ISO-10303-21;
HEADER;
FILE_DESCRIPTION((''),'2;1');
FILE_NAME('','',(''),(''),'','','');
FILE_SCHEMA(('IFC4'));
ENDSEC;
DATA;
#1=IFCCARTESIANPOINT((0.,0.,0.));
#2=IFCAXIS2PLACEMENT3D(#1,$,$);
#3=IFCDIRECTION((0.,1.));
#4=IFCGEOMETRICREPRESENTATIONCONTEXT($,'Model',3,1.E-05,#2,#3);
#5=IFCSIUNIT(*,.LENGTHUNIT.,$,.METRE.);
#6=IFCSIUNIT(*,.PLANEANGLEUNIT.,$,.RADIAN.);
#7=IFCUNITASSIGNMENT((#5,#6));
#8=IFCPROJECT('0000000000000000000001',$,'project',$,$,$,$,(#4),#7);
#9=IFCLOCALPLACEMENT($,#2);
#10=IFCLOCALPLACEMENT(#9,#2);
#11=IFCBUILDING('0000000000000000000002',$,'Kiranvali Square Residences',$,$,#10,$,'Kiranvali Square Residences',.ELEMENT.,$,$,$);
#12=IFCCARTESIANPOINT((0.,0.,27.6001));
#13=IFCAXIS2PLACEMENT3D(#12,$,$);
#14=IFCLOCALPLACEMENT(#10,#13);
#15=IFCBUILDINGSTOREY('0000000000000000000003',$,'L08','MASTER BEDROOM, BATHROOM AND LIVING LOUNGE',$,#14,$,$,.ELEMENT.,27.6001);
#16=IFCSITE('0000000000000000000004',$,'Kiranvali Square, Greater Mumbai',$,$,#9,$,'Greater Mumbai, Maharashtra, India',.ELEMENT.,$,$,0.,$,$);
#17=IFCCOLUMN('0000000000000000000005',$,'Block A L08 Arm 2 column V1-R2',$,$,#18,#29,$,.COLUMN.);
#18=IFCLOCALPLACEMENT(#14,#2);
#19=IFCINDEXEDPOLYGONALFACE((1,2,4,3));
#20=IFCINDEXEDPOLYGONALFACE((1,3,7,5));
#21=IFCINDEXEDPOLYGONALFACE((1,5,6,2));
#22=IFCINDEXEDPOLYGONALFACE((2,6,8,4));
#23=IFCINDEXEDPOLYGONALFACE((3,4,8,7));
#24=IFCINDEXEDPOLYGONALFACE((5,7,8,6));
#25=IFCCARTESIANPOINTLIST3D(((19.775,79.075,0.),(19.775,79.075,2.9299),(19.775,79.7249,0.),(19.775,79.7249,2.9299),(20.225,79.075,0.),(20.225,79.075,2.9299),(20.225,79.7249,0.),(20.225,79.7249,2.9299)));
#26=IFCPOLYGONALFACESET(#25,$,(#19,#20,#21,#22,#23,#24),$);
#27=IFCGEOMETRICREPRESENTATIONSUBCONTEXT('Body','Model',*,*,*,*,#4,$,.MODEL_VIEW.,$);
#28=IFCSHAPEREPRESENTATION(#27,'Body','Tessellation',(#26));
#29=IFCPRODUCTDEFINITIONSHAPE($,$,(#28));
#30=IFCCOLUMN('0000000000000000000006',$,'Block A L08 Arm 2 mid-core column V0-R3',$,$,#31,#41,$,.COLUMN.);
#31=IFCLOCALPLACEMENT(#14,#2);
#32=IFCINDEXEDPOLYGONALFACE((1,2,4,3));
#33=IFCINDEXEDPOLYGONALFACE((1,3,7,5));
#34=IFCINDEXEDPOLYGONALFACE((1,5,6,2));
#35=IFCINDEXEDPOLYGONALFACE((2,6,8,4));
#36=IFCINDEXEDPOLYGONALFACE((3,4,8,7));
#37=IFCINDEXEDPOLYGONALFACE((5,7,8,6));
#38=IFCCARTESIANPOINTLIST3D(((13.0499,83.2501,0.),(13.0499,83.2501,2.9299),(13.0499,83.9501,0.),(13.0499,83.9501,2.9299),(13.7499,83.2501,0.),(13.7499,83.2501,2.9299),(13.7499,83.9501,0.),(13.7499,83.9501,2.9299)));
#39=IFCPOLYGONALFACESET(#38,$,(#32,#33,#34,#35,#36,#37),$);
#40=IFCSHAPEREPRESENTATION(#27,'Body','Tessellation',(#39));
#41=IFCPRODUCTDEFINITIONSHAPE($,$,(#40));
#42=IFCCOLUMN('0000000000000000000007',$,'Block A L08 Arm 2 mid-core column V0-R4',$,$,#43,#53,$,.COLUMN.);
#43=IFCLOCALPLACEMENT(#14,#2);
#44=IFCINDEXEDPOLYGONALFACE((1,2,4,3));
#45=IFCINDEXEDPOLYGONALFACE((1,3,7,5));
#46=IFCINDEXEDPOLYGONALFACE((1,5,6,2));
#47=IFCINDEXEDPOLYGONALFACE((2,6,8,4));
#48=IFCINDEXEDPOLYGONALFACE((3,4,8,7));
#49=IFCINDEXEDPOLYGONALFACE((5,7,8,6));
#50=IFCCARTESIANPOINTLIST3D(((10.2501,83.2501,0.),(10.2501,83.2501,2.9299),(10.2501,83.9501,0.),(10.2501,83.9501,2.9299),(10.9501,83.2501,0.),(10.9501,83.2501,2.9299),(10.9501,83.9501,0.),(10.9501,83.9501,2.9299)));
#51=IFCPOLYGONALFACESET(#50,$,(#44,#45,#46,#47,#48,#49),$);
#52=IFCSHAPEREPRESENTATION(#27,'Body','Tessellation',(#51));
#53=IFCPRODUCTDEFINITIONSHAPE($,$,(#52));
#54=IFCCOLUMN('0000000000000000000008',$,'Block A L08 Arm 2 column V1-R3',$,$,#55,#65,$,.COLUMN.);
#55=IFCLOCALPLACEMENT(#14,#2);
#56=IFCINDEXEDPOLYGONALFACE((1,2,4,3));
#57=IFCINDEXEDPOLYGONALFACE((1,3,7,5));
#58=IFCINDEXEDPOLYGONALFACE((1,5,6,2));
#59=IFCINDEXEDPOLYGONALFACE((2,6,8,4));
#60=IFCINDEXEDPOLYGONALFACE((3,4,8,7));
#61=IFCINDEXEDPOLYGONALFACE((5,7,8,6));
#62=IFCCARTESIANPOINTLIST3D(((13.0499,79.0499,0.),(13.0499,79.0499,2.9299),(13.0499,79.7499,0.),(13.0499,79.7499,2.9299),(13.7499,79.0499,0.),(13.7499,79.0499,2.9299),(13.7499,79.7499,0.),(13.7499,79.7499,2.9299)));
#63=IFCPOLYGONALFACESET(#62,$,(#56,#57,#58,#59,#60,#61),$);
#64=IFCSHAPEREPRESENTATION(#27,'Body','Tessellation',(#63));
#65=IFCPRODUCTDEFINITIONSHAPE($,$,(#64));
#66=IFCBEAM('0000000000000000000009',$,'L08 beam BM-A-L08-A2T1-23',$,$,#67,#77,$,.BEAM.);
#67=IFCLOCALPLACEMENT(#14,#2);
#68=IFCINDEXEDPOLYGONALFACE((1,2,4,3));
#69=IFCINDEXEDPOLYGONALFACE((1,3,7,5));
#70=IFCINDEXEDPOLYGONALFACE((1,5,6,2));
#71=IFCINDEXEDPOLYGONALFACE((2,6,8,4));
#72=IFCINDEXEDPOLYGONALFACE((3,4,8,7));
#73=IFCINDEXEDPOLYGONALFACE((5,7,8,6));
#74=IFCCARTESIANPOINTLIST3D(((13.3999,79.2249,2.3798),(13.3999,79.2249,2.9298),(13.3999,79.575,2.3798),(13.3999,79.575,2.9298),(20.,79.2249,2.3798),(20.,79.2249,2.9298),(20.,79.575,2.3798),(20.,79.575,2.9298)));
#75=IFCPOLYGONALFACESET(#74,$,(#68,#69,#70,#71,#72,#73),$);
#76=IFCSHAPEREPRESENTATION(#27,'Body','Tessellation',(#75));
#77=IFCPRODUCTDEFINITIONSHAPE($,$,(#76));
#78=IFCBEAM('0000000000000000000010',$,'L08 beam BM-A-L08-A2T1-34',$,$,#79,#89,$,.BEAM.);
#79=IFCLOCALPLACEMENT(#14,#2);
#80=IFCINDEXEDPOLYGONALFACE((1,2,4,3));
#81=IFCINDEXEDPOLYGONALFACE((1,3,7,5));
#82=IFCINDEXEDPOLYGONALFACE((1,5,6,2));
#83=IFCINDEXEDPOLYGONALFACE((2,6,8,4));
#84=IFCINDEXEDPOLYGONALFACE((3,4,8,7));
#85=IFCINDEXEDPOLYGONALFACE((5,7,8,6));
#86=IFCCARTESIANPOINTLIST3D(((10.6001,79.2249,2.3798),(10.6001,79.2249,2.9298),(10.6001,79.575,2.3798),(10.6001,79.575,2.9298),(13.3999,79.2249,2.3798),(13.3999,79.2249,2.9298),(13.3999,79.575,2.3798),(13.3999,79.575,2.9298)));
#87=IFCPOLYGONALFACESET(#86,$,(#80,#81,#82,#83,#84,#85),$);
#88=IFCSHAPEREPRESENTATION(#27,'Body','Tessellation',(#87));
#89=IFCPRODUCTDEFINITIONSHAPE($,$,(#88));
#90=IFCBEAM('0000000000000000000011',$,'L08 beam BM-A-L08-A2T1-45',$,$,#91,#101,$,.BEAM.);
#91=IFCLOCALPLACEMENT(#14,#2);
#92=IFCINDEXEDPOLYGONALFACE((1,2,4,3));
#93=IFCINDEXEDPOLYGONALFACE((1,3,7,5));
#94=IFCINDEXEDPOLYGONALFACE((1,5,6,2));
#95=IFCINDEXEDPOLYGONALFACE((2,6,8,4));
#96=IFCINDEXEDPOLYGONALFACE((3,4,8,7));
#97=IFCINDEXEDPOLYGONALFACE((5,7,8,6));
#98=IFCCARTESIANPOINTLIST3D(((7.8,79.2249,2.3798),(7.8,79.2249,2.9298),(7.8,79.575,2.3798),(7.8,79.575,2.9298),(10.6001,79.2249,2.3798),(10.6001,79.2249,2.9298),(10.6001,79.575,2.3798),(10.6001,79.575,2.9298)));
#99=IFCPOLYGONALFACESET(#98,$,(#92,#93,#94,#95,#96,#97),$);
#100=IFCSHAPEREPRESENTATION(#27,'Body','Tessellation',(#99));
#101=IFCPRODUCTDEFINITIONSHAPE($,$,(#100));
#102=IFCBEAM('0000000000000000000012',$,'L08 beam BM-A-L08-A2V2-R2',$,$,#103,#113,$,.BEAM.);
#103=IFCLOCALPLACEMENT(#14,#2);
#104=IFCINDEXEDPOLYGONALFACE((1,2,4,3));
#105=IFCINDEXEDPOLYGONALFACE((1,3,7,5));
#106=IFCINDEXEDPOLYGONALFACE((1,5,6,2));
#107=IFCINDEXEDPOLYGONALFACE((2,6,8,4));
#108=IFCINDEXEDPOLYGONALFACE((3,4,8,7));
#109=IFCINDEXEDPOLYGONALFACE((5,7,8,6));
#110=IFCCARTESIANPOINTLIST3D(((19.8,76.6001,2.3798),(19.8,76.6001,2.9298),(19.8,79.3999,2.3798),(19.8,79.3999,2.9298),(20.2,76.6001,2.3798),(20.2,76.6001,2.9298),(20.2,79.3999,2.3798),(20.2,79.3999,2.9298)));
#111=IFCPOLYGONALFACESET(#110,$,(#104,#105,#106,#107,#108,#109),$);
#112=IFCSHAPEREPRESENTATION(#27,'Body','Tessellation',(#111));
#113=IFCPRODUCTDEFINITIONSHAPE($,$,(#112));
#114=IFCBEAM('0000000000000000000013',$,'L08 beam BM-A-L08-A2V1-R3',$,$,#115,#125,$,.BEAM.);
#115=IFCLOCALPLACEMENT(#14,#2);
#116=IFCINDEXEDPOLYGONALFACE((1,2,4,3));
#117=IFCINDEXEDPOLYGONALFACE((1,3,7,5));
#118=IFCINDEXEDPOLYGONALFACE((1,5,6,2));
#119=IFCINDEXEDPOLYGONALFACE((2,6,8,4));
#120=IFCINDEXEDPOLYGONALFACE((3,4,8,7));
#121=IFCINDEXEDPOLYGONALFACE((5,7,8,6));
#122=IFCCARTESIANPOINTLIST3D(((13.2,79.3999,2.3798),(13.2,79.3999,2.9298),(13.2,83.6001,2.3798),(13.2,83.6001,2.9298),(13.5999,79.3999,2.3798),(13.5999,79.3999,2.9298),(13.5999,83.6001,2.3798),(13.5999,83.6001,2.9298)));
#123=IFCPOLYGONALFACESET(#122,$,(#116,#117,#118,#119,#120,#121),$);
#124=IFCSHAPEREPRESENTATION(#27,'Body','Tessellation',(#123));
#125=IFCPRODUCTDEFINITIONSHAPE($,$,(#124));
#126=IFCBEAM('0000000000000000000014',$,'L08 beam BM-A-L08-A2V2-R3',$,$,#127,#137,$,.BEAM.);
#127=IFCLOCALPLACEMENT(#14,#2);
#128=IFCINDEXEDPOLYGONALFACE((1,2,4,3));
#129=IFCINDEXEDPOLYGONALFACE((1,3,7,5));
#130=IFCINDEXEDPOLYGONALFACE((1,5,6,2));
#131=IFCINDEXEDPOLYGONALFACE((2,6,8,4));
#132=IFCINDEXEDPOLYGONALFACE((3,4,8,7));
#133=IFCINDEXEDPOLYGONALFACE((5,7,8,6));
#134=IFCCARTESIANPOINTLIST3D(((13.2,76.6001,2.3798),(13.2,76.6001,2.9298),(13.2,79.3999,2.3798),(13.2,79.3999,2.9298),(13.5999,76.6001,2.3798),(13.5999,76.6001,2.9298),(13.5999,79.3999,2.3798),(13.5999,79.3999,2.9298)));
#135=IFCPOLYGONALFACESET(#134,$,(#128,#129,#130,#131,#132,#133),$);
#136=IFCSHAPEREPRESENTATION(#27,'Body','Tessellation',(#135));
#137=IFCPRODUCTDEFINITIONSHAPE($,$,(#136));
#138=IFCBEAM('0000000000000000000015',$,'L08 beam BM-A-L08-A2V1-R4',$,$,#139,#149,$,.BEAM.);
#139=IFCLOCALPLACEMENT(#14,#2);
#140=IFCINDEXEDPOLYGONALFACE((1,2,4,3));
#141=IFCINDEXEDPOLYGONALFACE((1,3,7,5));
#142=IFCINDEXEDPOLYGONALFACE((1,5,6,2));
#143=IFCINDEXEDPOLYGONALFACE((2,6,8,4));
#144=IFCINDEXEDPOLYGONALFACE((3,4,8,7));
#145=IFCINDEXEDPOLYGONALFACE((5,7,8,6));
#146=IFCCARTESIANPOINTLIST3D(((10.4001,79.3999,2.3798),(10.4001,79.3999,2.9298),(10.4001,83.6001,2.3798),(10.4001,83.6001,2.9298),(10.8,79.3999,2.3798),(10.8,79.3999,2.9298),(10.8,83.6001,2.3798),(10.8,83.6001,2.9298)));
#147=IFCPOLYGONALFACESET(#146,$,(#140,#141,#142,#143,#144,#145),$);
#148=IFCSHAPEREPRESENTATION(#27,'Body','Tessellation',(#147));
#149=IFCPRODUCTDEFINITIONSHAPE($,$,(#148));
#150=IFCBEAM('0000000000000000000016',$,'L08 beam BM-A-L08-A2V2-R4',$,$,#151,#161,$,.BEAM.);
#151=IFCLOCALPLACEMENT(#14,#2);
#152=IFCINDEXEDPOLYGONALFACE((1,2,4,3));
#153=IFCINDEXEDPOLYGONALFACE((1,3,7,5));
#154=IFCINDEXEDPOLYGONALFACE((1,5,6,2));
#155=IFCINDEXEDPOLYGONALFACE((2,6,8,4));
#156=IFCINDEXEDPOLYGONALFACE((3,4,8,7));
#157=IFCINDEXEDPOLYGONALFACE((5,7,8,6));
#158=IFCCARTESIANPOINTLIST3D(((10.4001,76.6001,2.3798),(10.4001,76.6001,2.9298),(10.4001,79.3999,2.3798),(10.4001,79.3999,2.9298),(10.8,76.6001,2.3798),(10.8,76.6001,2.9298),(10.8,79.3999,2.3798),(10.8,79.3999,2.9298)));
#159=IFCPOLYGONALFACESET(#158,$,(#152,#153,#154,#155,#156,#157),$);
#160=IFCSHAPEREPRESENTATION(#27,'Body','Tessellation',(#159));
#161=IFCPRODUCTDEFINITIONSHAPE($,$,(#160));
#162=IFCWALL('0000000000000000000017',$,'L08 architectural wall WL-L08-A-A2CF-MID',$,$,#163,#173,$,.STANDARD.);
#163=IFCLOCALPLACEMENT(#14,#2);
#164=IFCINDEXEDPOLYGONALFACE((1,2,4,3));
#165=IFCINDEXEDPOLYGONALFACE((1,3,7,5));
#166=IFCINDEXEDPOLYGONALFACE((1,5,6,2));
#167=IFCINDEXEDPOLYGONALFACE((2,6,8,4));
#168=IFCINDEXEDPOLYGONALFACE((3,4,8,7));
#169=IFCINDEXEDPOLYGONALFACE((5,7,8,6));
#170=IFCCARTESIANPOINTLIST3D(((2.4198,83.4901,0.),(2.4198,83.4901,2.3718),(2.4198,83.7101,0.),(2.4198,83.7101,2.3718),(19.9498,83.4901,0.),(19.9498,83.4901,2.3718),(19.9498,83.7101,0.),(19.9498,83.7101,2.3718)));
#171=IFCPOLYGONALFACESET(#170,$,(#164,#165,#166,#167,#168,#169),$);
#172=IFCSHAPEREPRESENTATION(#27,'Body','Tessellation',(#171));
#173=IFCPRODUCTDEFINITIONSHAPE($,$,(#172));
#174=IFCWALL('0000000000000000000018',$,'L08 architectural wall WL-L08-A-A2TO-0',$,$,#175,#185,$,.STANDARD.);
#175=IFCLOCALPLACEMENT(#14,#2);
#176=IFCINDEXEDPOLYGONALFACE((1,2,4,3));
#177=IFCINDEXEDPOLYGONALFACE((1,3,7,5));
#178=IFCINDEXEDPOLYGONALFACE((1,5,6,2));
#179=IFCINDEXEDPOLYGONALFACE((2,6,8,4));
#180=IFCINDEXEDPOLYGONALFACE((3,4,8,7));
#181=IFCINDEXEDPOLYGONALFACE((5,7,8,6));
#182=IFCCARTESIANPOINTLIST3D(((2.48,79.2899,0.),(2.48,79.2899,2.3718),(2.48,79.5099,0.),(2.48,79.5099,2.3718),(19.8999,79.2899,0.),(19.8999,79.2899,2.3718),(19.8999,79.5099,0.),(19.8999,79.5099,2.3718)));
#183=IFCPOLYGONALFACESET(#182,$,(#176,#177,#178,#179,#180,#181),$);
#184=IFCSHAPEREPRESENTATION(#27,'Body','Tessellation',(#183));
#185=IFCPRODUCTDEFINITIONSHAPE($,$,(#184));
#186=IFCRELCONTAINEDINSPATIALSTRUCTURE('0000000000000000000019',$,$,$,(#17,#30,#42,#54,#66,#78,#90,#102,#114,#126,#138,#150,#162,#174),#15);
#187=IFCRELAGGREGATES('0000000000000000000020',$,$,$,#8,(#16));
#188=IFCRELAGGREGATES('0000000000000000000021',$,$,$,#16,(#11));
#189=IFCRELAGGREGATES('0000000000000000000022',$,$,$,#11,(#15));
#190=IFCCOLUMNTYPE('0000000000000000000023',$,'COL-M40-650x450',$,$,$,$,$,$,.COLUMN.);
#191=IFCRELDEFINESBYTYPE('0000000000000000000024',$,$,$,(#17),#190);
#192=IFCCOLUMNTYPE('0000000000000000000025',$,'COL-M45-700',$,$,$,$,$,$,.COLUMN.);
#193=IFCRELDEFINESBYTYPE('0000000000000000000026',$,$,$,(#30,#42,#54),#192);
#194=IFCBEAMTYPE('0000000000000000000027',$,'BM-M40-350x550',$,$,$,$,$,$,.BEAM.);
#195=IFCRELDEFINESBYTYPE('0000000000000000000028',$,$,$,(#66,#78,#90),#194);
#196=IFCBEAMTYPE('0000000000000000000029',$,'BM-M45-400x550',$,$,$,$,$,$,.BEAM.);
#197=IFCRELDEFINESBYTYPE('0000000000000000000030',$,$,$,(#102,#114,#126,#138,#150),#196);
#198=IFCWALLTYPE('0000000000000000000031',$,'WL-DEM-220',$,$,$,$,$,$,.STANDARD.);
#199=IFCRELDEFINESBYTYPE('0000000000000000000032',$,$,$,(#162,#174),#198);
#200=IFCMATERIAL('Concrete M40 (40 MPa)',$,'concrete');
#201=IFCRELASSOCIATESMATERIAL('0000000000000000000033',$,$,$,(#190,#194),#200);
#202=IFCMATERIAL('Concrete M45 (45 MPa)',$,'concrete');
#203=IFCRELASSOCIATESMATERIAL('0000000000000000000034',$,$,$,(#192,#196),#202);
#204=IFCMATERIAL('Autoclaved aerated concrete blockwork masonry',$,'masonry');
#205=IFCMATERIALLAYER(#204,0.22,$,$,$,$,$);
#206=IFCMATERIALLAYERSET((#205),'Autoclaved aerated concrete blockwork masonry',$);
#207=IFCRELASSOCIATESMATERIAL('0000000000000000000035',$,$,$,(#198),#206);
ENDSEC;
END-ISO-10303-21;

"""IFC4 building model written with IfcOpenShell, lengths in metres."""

from ifc_helpers import new_model, si_unit, direction, frame, frame_2d, origin, origin_2d, place, context, subcontext, project, spatial, rectangle, extrude, material, layer, layer_set, material_profile, profile_set, type_object, element, save


model = new_model("IFC4")

# Units and contexts
model_context = context("Model", 3, precision=1e-05, world=origin(), true_north=direction((0.0, 1.0)))
body_context = subcontext(model_context, "Body", "Model", "MODEL_VIEW")
ifc_project = project(units=[si_unit("LENGTHUNIT", "METRE"), si_unit("PLANEANGLEUNIT", "RADIAN")], contexts=[model_context])

# Site, building, storey
site_placement = place(None, origin())
site = spatial("IfcSite", under=ifc_project, at=site_placement, Name="Kiranvali Square, Greater Mumbai", LongName="Greater Mumbai, Maharashtra, India", CompositionType="ELEMENT", RefElevation=0.0)
building_placement = place(site_placement, origin())
building = spatial("IfcBuilding", under=site, at=building_placement, Name="Kiranvali Square Residences", LongName="Kiranvali Square Residences", CompositionType="ELEMENT")
storey_placement = place(building_placement, frame((0.0, 0.0, 27.6001)))
storey = spatial("IfcBuildingStorey", under=building, at=storey_placement, Name="L08", Description="MASTER BEDROOM, BATHROOM AND LIVING LOUNGE", CompositionType="ELEMENT", Elevation=27.6001)

# Columns
ifc_material_1 = material(Name="Concrete M40 (40 MPa)", Category="concrete")
ifc_material_profile_1 = material_profile(ifc_material_1, rectangle(XDim=0.45, YDim=0.6499, at=origin_2d()), Name="RC 650x450")
ifc_profile_set_1 = profile_set([ifc_material_profile_1], Name="Concrete M40 (40 MPa)")
column_type_1 = type_object("IfcColumnType", Name="COL-M40-650x450", PredefinedType="COLUMN", material=ifc_profile_set_1)
column_placement = place(storey_placement, frame((20.0, 79.3999, 0.0), z_axis=(0.0, 0.0, 1.0), x_axis=(1.0, 0.0, 0.0)))
element("IfcColumn", 1, at=column_placement, inside=storey, type_object=column_type_1, Name="Block A L08 Arm 2 column V1-R2", PredefinedType="COLUMN", context=body_context, shape_type="SweptSolid", body=[
    extrude(rectangle(XDim=0.45, YDim=0.6499, at=origin_2d()), origin(), (0.0, 0.0, 1.0), 2.9299),
])
ifc_material_2 = material(Name="Concrete M45 (45 MPa)", Category="concrete")
ifc_material_profile_2 = material_profile(ifc_material_2, rectangle(XDim=0.7, YDim=0.7, at=origin_2d()), Name="RC 700x700")
ifc_profile_set_2 = profile_set([ifc_material_profile_2], Name="Concrete M45 (45 MPa)")
column_type_2 = type_object("IfcColumnType", Name="COL-M45-700", PredefinedType="COLUMN", material=ifc_profile_set_2)
for number, where, z_axis, x_axis, name in (
    (2, (13.3999, 83.6001, 0.0), (0.0, 0.0, 1.0), (1.0, 0.0, 0.0), "Block A L08 Arm 2 mid-core column V0-R3"),
    (3, (10.6001, 83.6001, 0.0), (0.0, 0.0, 1.0), (1.0, 0.0, 0.0), "Block A L08 Arm 2 mid-core column V0-R4"),
    (4, (13.3999, 79.3999, 0.0), (0.0, 0.0, 1.0), (1.0, 0.0, 0.0), "Block A L08 Arm 2 column V1-R3"),
):
    element("IfcColumn", number, at=place(storey_placement, frame(where, z_axis=z_axis, x_axis=x_axis)), inside=storey, type_object=column_type_2, Name=name, PredefinedType="COLUMN", context=body_context, shape_type="SweptSolid", body=[
        extrude(rectangle(XDim=0.7, YDim=0.7, at=origin_2d()), origin(), (0.0, 0.0, 1.0), 2.9299),
    ])

# Beams
ifc_material_profile_3 = material_profile(ifc_material_1, rectangle(XDim=0.3501, YDim=0.55, at=origin_2d()), Name="RC 350x550")
ifc_profile_set_3 = profile_set([ifc_material_profile_3], Name="Concrete M40 (40 MPa)")
beam_type_1 = type_object("IfcBeamType", Name="BM-M40-350x550", PredefinedType="BEAM", material=ifc_profile_set_3)
beam_1_placement = place(storey_placement, frame((20.0, 79.3999, 2.6548), z_axis=(-1.0, 0.0, 0.0), x_axis=(0.0, -1.0, 0.0)))
element("IfcBeam", 5, at=beam_1_placement, inside=storey, type_object=beam_type_1, Name="L08 beam BM-A-L08-A2T1-23", PredefinedType="BEAM", context=body_context, shape_type="SweptSolid", body=[
    extrude(rectangle(XDim=0.3501, YDim=0.55, at=origin_2d()), origin(), (0.0, 0.0, 1.0), 6.6001),
])
beam_2_placement = place(storey_placement, frame((13.3999, 79.3999, 2.6548), z_axis=(-1.0, 0.0, 0.0), x_axis=(0.0, -1.0, 0.0)))
element("IfcBeam", 6, at=beam_2_placement, inside=storey, type_object=beam_type_1, Name="L08 beam BM-A-L08-A2T1-34", PredefinedType="BEAM", context=body_context, shape_type="SweptSolid", body=[
    extrude(rectangle(XDim=0.3501, YDim=0.55, at=origin_2d()), origin(), (0.0, 0.0, 1.0), 2.7998),
])
beam_3_placement = place(storey_placement, frame((10.6001, 79.3999, 2.6548), z_axis=(-1.0, 0.0, 0.0), x_axis=(0.0, -1.0, 0.0)))
element("IfcBeam", 7, at=beam_3_placement, inside=storey, type_object=beam_type_1, Name="L08 beam BM-A-L08-A2T1-45", PredefinedType="BEAM", context=body_context, shape_type="SweptSolid", body=[
    extrude(rectangle(XDim=0.3501, YDim=0.55, at=origin_2d()), origin(), (0.0, 0.0, 1.0), 2.8),
])
ifc_material_profile_4 = material_profile(ifc_material_2, rectangle(XDim=0.3999, YDim=0.55, at=origin_2d()), Name="RC 400x550")
ifc_profile_set_4 = profile_set([ifc_material_profile_4], Name="Concrete M45 (45 MPa)")
beam_type_2 = type_object("IfcBeamType", Name="BM-M45-400x550", PredefinedType="BEAM", material=ifc_profile_set_4)
beam_4_placement = place(storey_placement, frame((20.0, 79.3999, 2.6548), z_axis=(0.0, -1.0, 0.0), x_axis=(1.0, 0.0, 0.0)))
element("IfcBeam", 8, at=beam_4_placement, inside=storey, type_object=beam_type_2, Name="L08 beam BM-A-L08-A2V2-R2", PredefinedType="BEAM", context=body_context, shape_type="SweptSolid", body=[
    extrude(rectangle(XDim=0.3999, YDim=0.55, at=origin_2d()), origin(), (0.0, 0.0, 1.0), 2.7998),
])
beam_5_placement = place(storey_placement, frame((13.3999, 83.6001, 2.6548), z_axis=(0.0, -1.0, 0.0), x_axis=(1.0, 0.0, 0.0)))
element("IfcBeam", 9, at=beam_5_placement, inside=storey, type_object=beam_type_2, Name="L08 beam BM-A-L08-A2V1-R3", PredefinedType="BEAM", context=body_context, shape_type="SweptSolid", body=[
    extrude(rectangle(XDim=0.3999, YDim=0.55, at=origin_2d()), origin(), (0.0, 0.0, 1.0), 4.2002),
])
beam_6_placement = place(storey_placement, frame((13.3999, 79.3999, 2.6548), z_axis=(0.0, -1.0, 0.0), x_axis=(1.0, 0.0, 0.0)))
element("IfcBeam", 10, at=beam_6_placement, inside=storey, type_object=beam_type_2, Name="L08 beam BM-A-L08-A2V2-R3", PredefinedType="BEAM", context=body_context, shape_type="SweptSolid", body=[
    extrude(rectangle(XDim=0.3999, YDim=0.55, at=origin_2d()), origin(), (0.0, 0.0, 1.0), 2.7998),
])
beam_7_placement = place(storey_placement, frame((10.6001, 83.6001, 2.6548), z_axis=(0.0, -1.0, 0.0), x_axis=(1.0, 0.0, 0.0)))
element("IfcBeam", 11, at=beam_7_placement, inside=storey, type_object=beam_type_2, Name="L08 beam BM-A-L08-A2V1-R4", PredefinedType="BEAM", context=body_context, shape_type="SweptSolid", body=[
    extrude(rectangle(XDim=0.3999, YDim=0.55, at=origin_2d()), origin(), (0.0, 0.0, 1.0), 4.2002),
])
beam_8_placement = place(storey_placement, frame((10.6001, 79.3999, 2.6548), z_axis=(0.0, -1.0, 0.0), x_axis=(1.0, 0.0, 0.0)))
element("IfcBeam", 12, at=beam_8_placement, inside=storey, type_object=beam_type_2, Name="L08 beam BM-A-L08-A2V2-R4", PredefinedType="BEAM", context=body_context, shape_type="SweptSolid", body=[
    extrude(rectangle(XDim=0.3999, YDim=0.55, at=origin_2d()), origin(), (0.0, 0.0, 1.0), 2.7998),
])

# Shared definitions
ifc_material_3 = material(Name="Autoclaved aerated concrete blockwork masonry", Category="masonry")

# Walls
ifc_layer_1 = layer(ifc_material_3, 0.22)
ifc_layer_set_1 = layer_set([ifc_layer_1], Name="Autoclaved aerated concrete blockwork masonry")
wall_type_1 = type_object("IfcWallType", Name="WL-DEM-220", PredefinedType="STANDARD", material=ifc_layer_set_1)
wall_1_placement = place(storey_placement, frame((19.95, 83.6001, 0.0), z_axis=(0.0, 0.0, 1.0), x_axis=(-1.0, 0.0, 0.0)))
element("IfcWall", 13, at=wall_1_placement, inside=storey, type_object=wall_type_1, Name="L08 architectural wall WL-L08-A-A2CF-MID", PredefinedType="STANDARD", context=body_context, shape_type="SweptSolid", body=[
    extrude(rectangle(XDim=17.53, YDim=0.22, at=frame_2d((8.7651, 0.0))), origin(), (0.0, 0.0, 1.0), 2.3718),
])
wall_2_placement = place(storey_placement, frame((19.8999, 79.3999, 0.0), z_axis=(0.0, 0.0, 1.0), x_axis=(-1.0, 0.0, 0.0)))
element("IfcWall", 14, at=wall_2_placement, inside=storey, type_object=wall_type_1, Name="L08 architectural wall WL-L08-A-A2TO-0", PredefinedType="STANDARD", context=body_context, shape_type="SweptSolid", body=[
    extrude(rectangle(XDim=17.4199, YDim=0.22, at=frame_2d((8.71, 0.0))), origin(), (0.0, 0.0, 1.0), 2.3718),
])

save(model, "model.ifc")
